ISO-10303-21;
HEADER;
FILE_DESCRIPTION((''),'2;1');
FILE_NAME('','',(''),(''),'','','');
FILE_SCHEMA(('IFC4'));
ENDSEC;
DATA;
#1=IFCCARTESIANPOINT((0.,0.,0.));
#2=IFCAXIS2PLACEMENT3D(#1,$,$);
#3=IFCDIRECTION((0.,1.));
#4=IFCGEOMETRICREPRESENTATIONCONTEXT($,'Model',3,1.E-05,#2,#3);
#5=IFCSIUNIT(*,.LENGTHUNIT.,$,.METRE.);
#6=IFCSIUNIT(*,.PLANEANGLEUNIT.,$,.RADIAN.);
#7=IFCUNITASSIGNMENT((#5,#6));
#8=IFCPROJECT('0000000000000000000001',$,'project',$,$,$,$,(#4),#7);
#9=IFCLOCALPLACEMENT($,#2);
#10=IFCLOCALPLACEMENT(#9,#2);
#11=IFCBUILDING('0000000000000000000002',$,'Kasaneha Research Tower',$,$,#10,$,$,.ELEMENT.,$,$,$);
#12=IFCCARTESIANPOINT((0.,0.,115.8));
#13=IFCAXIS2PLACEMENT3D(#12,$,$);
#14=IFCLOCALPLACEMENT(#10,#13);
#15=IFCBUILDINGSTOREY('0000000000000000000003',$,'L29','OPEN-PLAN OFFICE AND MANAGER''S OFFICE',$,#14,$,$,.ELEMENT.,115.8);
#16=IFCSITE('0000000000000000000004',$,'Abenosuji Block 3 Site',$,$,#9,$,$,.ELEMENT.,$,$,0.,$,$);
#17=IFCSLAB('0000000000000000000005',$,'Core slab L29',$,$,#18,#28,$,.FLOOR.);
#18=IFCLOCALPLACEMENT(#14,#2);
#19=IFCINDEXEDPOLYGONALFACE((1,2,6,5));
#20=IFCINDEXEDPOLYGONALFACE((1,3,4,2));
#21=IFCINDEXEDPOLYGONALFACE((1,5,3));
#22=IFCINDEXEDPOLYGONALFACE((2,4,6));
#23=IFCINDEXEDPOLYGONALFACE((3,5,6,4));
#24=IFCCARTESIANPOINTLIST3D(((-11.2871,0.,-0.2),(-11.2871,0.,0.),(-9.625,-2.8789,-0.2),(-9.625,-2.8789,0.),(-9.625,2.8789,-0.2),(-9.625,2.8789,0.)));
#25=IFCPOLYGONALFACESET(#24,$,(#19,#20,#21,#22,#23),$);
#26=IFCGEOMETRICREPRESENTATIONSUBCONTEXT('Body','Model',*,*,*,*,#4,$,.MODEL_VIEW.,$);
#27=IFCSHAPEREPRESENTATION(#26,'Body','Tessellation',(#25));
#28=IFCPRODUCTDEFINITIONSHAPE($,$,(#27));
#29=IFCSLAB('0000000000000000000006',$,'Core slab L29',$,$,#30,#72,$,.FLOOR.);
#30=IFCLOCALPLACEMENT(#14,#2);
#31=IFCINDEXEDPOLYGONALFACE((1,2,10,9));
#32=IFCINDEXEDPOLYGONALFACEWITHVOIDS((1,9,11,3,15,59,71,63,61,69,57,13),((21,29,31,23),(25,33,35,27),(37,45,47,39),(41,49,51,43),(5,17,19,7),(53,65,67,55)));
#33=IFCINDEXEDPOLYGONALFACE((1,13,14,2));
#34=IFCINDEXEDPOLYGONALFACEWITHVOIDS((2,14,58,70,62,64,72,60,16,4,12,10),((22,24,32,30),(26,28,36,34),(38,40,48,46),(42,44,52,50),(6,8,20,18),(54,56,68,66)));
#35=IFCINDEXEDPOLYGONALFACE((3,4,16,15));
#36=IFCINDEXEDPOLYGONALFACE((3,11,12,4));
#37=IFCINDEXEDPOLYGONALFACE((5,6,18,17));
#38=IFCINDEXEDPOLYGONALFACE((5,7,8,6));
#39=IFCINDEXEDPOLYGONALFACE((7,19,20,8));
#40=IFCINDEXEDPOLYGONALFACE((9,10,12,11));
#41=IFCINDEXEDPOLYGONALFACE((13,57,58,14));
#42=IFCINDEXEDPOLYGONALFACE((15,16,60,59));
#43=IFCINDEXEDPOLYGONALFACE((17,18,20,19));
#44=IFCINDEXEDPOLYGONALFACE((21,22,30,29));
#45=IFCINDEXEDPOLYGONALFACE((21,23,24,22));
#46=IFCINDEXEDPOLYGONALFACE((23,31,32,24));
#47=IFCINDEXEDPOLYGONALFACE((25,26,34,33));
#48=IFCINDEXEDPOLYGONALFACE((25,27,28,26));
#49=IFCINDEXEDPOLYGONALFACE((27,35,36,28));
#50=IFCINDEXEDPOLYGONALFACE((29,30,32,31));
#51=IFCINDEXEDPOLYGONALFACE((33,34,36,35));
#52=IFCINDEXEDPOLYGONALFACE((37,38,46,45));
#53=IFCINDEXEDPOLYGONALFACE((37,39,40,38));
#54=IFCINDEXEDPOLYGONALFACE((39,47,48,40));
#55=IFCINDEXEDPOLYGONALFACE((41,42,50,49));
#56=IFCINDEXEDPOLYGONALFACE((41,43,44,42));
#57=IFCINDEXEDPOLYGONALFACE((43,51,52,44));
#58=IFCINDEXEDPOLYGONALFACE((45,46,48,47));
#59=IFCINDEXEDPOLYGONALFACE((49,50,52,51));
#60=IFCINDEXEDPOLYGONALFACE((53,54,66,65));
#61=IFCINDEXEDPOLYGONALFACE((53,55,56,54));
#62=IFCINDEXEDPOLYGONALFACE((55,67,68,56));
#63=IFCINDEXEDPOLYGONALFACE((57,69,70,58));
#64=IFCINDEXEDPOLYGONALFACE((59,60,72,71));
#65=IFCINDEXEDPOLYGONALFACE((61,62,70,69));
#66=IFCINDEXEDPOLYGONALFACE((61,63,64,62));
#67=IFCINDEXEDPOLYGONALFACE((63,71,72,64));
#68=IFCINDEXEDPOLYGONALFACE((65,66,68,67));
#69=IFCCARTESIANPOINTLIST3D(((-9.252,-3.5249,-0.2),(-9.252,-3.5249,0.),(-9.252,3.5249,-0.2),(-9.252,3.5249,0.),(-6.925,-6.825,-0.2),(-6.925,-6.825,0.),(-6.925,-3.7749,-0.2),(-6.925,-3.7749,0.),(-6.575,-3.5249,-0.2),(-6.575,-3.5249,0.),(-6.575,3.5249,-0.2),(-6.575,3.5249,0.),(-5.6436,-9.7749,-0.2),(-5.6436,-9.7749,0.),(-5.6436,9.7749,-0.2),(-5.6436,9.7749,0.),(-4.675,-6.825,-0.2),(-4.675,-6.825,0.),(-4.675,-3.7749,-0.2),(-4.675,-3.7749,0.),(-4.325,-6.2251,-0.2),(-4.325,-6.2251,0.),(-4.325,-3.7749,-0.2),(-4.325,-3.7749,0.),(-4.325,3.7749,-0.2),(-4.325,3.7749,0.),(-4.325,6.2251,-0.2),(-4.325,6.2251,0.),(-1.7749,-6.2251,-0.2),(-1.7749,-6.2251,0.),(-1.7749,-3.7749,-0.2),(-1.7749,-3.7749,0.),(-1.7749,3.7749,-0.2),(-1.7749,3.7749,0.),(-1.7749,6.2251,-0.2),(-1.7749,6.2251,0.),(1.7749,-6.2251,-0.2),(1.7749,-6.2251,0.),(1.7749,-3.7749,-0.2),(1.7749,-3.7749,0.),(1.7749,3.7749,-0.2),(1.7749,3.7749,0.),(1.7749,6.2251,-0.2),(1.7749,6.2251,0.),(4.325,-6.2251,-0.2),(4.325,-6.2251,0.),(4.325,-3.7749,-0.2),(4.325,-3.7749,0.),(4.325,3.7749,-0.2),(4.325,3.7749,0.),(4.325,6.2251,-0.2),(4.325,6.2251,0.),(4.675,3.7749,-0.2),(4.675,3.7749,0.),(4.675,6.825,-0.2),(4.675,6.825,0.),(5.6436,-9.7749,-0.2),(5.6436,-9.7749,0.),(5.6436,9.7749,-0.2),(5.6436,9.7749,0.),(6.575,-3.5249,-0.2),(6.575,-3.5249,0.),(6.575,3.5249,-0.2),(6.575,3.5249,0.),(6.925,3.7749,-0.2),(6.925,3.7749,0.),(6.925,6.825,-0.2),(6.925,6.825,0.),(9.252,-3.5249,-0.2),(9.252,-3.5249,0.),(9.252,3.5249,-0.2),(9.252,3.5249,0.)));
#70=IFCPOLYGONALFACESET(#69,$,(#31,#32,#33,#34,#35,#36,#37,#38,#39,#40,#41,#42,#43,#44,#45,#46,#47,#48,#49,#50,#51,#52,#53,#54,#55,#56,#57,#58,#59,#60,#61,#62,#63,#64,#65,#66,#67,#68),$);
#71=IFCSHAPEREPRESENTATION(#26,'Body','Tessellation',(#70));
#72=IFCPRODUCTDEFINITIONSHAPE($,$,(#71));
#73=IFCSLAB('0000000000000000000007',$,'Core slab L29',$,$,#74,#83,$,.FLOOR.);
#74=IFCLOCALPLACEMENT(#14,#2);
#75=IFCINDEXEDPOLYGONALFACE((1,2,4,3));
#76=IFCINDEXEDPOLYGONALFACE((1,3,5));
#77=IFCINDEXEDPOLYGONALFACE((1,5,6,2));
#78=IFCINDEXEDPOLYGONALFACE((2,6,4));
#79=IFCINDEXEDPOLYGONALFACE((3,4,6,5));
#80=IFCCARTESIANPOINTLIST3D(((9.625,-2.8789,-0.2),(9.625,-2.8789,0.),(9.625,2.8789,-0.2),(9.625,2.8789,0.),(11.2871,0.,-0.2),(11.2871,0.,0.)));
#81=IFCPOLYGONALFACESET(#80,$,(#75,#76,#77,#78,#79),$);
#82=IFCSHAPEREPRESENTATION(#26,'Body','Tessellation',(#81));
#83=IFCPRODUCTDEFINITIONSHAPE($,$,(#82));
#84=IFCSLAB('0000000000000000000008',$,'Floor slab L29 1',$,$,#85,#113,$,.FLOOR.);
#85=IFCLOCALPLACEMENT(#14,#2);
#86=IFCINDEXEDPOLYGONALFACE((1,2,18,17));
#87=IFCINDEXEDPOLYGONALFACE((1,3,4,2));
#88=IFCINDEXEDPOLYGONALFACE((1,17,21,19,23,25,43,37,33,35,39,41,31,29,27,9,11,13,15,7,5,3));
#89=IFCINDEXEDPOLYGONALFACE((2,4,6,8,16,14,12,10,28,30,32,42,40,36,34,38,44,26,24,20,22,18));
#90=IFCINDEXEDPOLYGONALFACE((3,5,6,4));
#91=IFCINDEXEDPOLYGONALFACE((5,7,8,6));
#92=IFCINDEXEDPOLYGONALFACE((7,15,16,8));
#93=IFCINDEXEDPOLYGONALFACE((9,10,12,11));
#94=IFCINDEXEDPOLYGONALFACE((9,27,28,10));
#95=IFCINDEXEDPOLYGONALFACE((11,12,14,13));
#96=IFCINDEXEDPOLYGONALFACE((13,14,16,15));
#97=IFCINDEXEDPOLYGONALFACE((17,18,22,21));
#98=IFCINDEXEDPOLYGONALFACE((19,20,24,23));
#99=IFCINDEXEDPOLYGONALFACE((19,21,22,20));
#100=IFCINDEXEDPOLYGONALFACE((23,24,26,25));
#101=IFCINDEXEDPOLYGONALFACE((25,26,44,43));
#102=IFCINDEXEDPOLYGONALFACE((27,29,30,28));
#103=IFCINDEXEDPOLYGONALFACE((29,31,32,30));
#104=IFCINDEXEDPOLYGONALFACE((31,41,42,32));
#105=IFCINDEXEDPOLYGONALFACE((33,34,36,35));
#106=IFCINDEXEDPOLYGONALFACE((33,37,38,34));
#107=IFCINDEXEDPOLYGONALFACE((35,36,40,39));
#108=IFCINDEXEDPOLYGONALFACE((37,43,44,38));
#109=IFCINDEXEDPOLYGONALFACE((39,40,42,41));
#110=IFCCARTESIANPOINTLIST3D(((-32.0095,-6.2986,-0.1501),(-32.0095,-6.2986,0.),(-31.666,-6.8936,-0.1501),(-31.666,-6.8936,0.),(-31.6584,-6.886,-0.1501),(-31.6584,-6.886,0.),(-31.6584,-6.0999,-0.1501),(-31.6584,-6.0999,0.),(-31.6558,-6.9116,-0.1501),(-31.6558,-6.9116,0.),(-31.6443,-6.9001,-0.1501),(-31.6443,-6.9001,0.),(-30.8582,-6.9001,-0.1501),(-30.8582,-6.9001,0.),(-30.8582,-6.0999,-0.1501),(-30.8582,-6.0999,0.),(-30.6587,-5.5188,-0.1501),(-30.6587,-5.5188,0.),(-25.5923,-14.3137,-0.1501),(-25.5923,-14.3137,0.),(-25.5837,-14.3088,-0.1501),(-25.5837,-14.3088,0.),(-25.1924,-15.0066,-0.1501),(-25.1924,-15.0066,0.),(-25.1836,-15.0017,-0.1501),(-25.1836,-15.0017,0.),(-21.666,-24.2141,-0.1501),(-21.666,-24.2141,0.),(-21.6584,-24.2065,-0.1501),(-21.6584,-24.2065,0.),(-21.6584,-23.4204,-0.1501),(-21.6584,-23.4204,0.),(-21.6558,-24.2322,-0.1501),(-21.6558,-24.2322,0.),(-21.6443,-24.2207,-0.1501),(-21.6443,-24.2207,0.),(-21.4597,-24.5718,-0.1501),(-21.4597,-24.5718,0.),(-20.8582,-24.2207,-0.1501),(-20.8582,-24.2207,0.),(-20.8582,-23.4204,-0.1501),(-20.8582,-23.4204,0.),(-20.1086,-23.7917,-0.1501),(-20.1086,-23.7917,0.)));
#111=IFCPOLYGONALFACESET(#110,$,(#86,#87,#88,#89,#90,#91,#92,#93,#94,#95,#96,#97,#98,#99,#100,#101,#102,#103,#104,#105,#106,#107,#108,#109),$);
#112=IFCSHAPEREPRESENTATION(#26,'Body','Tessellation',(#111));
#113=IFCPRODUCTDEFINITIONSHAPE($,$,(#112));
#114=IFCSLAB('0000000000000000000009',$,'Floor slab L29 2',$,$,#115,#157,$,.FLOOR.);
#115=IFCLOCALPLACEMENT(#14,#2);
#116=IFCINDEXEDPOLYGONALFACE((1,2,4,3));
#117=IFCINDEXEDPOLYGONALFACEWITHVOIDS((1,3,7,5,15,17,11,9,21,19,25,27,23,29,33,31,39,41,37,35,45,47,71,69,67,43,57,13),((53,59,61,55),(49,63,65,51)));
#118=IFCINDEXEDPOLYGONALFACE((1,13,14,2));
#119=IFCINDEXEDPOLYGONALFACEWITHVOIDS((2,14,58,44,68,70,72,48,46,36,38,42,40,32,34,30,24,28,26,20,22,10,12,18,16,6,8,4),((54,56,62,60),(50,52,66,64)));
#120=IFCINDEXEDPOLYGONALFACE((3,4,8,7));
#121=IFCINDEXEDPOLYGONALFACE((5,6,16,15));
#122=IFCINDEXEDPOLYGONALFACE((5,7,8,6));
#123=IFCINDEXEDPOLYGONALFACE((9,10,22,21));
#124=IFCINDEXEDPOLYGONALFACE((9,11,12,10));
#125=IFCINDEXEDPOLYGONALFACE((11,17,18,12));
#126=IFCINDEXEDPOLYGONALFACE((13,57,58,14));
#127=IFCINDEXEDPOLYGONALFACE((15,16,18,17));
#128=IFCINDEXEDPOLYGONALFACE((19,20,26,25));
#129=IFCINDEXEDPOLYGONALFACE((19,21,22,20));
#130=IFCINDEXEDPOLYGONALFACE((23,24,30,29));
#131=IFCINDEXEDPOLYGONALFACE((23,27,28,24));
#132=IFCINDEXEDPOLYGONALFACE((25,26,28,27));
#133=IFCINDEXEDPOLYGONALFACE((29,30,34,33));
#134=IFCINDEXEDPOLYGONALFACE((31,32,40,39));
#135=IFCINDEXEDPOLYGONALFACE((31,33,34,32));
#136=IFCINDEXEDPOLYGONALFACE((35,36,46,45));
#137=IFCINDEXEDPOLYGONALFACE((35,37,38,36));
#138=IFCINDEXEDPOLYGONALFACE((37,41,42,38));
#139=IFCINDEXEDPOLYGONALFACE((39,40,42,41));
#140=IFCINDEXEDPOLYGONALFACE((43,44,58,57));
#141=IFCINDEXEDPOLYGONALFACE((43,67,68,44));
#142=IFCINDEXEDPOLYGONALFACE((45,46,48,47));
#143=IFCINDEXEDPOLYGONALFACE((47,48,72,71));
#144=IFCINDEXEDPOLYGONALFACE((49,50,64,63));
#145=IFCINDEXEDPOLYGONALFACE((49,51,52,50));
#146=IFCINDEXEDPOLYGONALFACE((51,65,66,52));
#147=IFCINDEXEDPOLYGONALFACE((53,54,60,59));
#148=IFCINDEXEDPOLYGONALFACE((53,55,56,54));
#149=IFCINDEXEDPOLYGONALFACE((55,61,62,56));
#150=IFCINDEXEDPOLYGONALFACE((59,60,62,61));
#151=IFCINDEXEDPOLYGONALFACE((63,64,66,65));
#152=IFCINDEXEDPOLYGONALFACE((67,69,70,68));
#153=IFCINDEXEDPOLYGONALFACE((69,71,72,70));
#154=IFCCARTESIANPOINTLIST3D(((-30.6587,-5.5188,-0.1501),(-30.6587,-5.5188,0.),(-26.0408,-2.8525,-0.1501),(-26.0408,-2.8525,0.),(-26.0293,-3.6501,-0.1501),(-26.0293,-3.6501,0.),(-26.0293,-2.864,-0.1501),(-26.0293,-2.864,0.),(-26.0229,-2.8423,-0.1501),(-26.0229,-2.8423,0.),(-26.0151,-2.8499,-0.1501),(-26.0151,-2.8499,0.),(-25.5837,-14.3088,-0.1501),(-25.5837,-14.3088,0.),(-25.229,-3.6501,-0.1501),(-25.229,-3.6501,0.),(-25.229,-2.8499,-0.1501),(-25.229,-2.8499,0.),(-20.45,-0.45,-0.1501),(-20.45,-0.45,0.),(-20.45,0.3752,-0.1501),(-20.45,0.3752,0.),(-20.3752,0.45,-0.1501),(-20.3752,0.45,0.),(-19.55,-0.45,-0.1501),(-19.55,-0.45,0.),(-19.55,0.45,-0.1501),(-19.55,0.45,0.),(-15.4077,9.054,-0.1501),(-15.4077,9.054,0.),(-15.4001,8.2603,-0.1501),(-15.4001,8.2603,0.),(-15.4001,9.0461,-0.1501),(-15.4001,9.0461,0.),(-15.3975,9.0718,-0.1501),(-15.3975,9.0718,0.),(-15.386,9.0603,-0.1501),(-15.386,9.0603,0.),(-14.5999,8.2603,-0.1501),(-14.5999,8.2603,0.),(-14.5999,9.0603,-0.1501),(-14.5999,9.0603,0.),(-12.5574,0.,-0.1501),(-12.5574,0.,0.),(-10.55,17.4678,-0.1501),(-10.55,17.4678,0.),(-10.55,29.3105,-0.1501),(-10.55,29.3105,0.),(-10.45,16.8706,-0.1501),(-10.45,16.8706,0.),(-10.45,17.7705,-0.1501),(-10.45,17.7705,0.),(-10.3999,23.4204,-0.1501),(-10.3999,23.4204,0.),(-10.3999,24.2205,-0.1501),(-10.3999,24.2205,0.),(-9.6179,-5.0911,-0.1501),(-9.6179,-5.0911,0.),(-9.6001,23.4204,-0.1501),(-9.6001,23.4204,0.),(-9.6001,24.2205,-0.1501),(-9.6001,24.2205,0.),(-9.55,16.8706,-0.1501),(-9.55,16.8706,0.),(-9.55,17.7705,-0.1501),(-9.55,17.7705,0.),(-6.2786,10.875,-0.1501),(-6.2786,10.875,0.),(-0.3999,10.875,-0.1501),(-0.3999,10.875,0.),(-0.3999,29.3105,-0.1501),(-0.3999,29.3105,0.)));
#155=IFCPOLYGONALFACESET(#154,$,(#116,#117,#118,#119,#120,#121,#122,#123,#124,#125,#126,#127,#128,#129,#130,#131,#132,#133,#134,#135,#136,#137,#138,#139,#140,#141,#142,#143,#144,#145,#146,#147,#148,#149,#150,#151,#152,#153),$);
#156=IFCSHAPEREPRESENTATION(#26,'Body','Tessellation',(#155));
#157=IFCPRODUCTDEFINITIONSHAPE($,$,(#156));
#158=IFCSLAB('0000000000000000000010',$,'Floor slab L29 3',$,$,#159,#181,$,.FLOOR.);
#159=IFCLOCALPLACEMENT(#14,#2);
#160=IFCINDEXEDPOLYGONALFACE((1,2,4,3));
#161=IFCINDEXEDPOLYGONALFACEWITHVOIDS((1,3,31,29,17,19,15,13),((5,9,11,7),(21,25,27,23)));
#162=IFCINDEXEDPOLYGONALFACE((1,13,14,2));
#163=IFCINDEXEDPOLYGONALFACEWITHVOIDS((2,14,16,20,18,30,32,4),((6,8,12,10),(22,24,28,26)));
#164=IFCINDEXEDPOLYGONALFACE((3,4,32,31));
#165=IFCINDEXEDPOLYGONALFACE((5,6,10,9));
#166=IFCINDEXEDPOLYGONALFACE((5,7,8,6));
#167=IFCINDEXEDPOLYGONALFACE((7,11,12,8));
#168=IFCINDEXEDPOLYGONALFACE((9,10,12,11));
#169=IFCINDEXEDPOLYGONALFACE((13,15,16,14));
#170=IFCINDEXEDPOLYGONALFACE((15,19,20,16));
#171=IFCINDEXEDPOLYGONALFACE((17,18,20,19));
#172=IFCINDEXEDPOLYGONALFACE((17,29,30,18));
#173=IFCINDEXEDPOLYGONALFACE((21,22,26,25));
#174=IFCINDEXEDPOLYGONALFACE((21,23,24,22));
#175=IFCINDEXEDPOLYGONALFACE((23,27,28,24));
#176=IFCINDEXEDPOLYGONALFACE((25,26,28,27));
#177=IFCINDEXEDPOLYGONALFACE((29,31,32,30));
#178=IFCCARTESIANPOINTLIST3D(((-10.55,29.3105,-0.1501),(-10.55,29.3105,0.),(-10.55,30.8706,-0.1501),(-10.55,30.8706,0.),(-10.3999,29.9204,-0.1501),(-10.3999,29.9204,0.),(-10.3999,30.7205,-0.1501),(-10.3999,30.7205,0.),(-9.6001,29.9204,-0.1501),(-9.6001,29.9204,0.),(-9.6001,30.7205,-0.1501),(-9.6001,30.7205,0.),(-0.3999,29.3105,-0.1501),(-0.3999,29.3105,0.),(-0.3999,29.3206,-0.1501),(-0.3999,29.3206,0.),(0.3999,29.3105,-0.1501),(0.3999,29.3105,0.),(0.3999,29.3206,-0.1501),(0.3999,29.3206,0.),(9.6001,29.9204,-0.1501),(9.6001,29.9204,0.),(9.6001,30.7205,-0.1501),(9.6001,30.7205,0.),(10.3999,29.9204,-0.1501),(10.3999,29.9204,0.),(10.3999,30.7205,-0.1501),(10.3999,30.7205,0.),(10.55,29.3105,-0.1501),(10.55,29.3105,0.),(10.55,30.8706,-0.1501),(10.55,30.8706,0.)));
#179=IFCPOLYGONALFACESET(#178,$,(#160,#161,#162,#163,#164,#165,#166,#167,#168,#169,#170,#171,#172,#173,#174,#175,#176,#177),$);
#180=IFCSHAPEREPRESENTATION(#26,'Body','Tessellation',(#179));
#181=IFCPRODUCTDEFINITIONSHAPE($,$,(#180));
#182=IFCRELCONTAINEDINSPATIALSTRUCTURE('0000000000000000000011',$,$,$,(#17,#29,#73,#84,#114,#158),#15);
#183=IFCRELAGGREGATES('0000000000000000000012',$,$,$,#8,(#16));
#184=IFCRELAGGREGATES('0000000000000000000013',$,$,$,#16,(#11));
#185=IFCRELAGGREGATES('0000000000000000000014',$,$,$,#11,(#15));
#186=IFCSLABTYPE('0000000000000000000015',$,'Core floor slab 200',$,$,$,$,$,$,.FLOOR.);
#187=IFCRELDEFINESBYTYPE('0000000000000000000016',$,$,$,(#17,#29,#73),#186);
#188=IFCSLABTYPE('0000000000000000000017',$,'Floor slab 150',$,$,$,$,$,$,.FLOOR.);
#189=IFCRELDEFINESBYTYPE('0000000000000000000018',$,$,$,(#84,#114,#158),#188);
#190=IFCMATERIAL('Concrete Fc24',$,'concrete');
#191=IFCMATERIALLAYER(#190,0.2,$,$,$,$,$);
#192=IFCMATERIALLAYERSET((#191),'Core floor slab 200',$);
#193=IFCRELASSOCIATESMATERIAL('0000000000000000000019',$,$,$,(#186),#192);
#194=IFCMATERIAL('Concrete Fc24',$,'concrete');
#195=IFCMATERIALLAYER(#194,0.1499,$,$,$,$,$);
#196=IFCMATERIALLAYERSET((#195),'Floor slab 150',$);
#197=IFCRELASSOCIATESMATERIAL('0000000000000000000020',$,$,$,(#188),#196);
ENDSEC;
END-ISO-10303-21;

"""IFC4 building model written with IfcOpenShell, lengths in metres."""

from ifc_helpers import new_model, si_unit, direction, frame, origin, place, context, subcontext, project, spatial, polyline, outline, extrude, material, layer, layer_set, type_object, element, save


model = new_model("IFC4")

# Units and contexts
model_context = context("Model", 3, precision=1e-05, world=origin(), true_north=direction((0.0, 1.0)))
body_context = subcontext(model_context, "Body", "Model", "MODEL_VIEW")
ifc_project = project(units=[si_unit("LENGTHUNIT", "METRE"), si_unit("PLANEANGLEUNIT", "RADIAN")], contexts=[model_context])

# Site, building, storey
site_placement = place(None, origin())
site = spatial("IfcSite", under=ifc_project, at=site_placement, Name="Abenosuji Block 3 Site", CompositionType="ELEMENT", RefElevation=0.0)
building_placement = place(site_placement, origin())
building = spatial("IfcBuilding", under=site, at=building_placement, Name="Kasaneha Research Tower", CompositionType="ELEMENT")
storey_placement = place(building_placement, frame((0.0, 0.0, 115.8)))
storey = spatial("IfcBuildingStorey", under=building, at=storey_placement, Name="L29", Description="OPEN-PLAN OFFICE AND MANAGER'S OFFICE", CompositionType="ELEMENT", Elevation=115.8)

# Slabs
ifc_material_1 = material(Name="Concrete Fc24", Category="concrete")
ifc_layer_1 = layer(ifc_material_1, 0.2)
ifc_layer_set_1 = layer_set([ifc_layer_1], Name="Core floor slab 200")
slab_type_1 = type_object("IfcSlabType", Name="Core floor slab 200", PredefinedType="FLOOR", material=ifc_layer_set_1)
slab_1_placement = place(storey_placement, frame((0.0, 0.0, -0.2)))
element("IfcSlab", 1, at=slab_1_placement, inside=storey, type_object=slab_type_1, Name="Core slab L29", PredefinedType="FLOOR", context=body_context, shape_type="SweptSolid", body=[
    extrude(outline(polyline([(-11.2871, 0.0), (-9.625, 2.8789), (-9.625, -2.8789), (-11.2871, 0.0)])), origin(), (0.0, 0.0, 1.0), 0.2),
])
slab_2_placement = place(storey_placement, frame((0.0, 0.0, -0.2)))
element("IfcSlab", 2, at=slab_2_placement, inside=storey, type_object=slab_type_1, Name="Core slab L29", PredefinedType="FLOOR", context=body_context, shape_type="SweptSolid", body=[
    extrude(outline(polyline([(-5.6436, 9.7749), (5.6436, 9.7749), (9.252, 3.5249), (6.575, 3.5249), (6.575, -3.5249), (9.252, -3.5249), (5.6436, -9.7749), (-5.6436, -9.7749), (-9.252, -3.5249), (-6.575, -3.5249), (-6.575, 3.5249), (-9.252, 3.5249), (-5.6436, 9.7749)]), holes=[polyline([(-6.925, -3.7749), (-6.925, -6.825), (-4.675, -6.825), (-4.675, -3.7749), (-6.925, -3.7749)]), polyline([(-4.325, -3.7749), (-4.325, -6.2251), (-1.7749, -6.2251), (-1.7749, -3.7749), (-4.325, -3.7749)]), polyline([(1.7749, -3.7749), (1.7749, -6.2251), (4.325, -6.2251), (4.325, -3.7749), (1.7749, -3.7749)]), polyline([(-4.325, 6.2251), (-4.325, 3.7749), (-1.7749, 3.7749), (-1.7749, 6.2251), (-4.325, 6.2251)]), polyline([(1.7749, 6.2251), (1.7749, 3.7749), (4.325, 3.7749), (4.325, 6.2251), (1.7749, 6.2251)]), polyline([(4.675, 6.825), (4.675, 3.7749), (6.925, 3.7749), (6.925, 6.825), (4.675, 6.825)])]), origin(), (0.0, 0.0, 1.0), 0.2),
])
slab_3_placement = place(storey_placement, frame((0.0, 0.0, -0.2)))
element("IfcSlab", 3, at=slab_3_placement, inside=storey, type_object=slab_type_1, Name="Core slab L29", PredefinedType="FLOOR", context=body_context, shape_type="SweptSolid", body=[
    extrude(outline(polyline([(11.2871, 0.0), (9.625, -2.8789), (9.625, 2.8789), (11.2871, 0.0)])), origin(), (0.0, 0.0, 1.0), 0.2),
])
ifc_material_2 = material(Name="Concrete Fc24", Category="concrete")
ifc_layer_2 = layer(ifc_material_2, 0.1499)
ifc_layer_set_2 = layer_set([ifc_layer_2], Name="Floor slab 150")
slab_type_2 = type_object("IfcSlabType", Name="Floor slab 150", PredefinedType="FLOOR", material=ifc_layer_set_2)
slab_4_placement = place(storey_placement, frame((0.0, 0.0, -0.1501)))
element("IfcSlab", 4, at=slab_4_placement, inside=storey, type_object=slab_type_2, Name="Floor slab L29 1", PredefinedType="FLOOR", context=body_context, shape_type="SweptSolid", body=[
    extrude(outline(polyline([(-25.1924, -15.0066), (-25.1836, -15.0017), (-20.1086, -23.7917), (-21.4597, -24.5718), (-21.6558, -24.2322), (-21.6443, -24.2207), (-20.8582, -24.2207), (-20.8582, -23.4204), (-21.6584, -23.4204), (-21.6584, -24.2065), (-21.666, -24.2141), (-31.6558, -6.9116), (-31.6443, -6.9001), (-30.8582, -6.9001), (-30.8582, -6.0999), (-31.6584, -6.0999), (-31.6584, -6.886), (-31.666, -6.8936), (-32.0095, -6.2986), (-30.6587, -5.5188), (-25.5837, -14.3088), (-25.5923, -14.3137), (-25.1924, -15.0066)])), origin(), (0.0, 0.0, 1.0), 0.1501),
])
slab_5_placement = place(storey_placement, frame((0.0, 0.0, -0.1501)))
element("IfcSlab", 5, at=slab_5_placement, inside=storey, type_object=slab_type_2, Name="Floor slab L29 2", PredefinedType="FLOOR", context=body_context, shape_type="SweptSolid", body=[
    extrude(outline(polyline([(-20.3752, 0.45), (-15.4077, 9.054), (-15.4001, 9.0461), (-15.4001, 8.2603), (-14.5999, 8.2603), (-14.5999, 9.0603), (-15.386, 9.0603), (-15.3975, 9.0718), (-10.55, 17.4678), (-10.55, 29.3105), (-0.3999, 29.3105), (-0.3999, 10.875), (-6.2786, 10.875), (-12.5574, 0.0), (-9.6179, -5.0911), (-25.5837, -14.3088), (-30.6587, -5.5188), (-26.0408, -2.8525), (-26.0293, -2.864), (-26.0293, -3.6501), (-25.229, -3.6501), (-25.229, -2.8499), (-26.0151, -2.8499), (-26.0229, -2.8423), (-20.45, 0.3752), (-20.45, -0.45), (-19.55, -0.45), (-19.55, 0.45), (-20.3752, 0.45)]), holes=[polyline([(-9.55, 17.7705), (-10.45, 17.7705), (-10.45, 16.8706), (-9.55, 16.8706), (-9.55, 17.7705)]), polyline([(-9.6001, 23.4204), (-9.6001, 24.2205), (-10.3999, 24.2205), (-10.3999, 23.4204), (-9.6001, 23.4204)])]), origin(), (0.0, 0.0, 1.0), 0.1501),
])
slab_6_placement = place(storey_placement, frame((0.0, 0.0, -0.1501)))
element("IfcSlab", 6, at=slab_6_placement, inside=storey, type_object=slab_type_2, Name="Floor slab L29 3", PredefinedType="FLOOR", context=body_context, shape_type="SweptSolid", body=[
    extrude(outline(polyline([(10.55, 29.3105), (0.3999, 29.3105), (0.3999, 29.3206), (-0.3999, 29.3206), (-0.3999, 29.3105), (-10.55, 29.3105), (-10.55, 30.8706), (10.55, 30.8706), (10.55, 29.3105)]), holes=[polyline([(-9.6001, 30.7205), (-10.3999, 30.7205), (-10.3999, 29.9204), (-9.6001, 29.9204), (-9.6001, 30.7205)]), polyline([(10.3999, 29.9204), (10.3999, 30.7205), (9.6001, 30.7205), (9.6001, 29.9204), (10.3999, 29.9204)])]), origin(), (0.0, 0.0, 1.0), 0.1501),
])

save(model, "model.ifc")
